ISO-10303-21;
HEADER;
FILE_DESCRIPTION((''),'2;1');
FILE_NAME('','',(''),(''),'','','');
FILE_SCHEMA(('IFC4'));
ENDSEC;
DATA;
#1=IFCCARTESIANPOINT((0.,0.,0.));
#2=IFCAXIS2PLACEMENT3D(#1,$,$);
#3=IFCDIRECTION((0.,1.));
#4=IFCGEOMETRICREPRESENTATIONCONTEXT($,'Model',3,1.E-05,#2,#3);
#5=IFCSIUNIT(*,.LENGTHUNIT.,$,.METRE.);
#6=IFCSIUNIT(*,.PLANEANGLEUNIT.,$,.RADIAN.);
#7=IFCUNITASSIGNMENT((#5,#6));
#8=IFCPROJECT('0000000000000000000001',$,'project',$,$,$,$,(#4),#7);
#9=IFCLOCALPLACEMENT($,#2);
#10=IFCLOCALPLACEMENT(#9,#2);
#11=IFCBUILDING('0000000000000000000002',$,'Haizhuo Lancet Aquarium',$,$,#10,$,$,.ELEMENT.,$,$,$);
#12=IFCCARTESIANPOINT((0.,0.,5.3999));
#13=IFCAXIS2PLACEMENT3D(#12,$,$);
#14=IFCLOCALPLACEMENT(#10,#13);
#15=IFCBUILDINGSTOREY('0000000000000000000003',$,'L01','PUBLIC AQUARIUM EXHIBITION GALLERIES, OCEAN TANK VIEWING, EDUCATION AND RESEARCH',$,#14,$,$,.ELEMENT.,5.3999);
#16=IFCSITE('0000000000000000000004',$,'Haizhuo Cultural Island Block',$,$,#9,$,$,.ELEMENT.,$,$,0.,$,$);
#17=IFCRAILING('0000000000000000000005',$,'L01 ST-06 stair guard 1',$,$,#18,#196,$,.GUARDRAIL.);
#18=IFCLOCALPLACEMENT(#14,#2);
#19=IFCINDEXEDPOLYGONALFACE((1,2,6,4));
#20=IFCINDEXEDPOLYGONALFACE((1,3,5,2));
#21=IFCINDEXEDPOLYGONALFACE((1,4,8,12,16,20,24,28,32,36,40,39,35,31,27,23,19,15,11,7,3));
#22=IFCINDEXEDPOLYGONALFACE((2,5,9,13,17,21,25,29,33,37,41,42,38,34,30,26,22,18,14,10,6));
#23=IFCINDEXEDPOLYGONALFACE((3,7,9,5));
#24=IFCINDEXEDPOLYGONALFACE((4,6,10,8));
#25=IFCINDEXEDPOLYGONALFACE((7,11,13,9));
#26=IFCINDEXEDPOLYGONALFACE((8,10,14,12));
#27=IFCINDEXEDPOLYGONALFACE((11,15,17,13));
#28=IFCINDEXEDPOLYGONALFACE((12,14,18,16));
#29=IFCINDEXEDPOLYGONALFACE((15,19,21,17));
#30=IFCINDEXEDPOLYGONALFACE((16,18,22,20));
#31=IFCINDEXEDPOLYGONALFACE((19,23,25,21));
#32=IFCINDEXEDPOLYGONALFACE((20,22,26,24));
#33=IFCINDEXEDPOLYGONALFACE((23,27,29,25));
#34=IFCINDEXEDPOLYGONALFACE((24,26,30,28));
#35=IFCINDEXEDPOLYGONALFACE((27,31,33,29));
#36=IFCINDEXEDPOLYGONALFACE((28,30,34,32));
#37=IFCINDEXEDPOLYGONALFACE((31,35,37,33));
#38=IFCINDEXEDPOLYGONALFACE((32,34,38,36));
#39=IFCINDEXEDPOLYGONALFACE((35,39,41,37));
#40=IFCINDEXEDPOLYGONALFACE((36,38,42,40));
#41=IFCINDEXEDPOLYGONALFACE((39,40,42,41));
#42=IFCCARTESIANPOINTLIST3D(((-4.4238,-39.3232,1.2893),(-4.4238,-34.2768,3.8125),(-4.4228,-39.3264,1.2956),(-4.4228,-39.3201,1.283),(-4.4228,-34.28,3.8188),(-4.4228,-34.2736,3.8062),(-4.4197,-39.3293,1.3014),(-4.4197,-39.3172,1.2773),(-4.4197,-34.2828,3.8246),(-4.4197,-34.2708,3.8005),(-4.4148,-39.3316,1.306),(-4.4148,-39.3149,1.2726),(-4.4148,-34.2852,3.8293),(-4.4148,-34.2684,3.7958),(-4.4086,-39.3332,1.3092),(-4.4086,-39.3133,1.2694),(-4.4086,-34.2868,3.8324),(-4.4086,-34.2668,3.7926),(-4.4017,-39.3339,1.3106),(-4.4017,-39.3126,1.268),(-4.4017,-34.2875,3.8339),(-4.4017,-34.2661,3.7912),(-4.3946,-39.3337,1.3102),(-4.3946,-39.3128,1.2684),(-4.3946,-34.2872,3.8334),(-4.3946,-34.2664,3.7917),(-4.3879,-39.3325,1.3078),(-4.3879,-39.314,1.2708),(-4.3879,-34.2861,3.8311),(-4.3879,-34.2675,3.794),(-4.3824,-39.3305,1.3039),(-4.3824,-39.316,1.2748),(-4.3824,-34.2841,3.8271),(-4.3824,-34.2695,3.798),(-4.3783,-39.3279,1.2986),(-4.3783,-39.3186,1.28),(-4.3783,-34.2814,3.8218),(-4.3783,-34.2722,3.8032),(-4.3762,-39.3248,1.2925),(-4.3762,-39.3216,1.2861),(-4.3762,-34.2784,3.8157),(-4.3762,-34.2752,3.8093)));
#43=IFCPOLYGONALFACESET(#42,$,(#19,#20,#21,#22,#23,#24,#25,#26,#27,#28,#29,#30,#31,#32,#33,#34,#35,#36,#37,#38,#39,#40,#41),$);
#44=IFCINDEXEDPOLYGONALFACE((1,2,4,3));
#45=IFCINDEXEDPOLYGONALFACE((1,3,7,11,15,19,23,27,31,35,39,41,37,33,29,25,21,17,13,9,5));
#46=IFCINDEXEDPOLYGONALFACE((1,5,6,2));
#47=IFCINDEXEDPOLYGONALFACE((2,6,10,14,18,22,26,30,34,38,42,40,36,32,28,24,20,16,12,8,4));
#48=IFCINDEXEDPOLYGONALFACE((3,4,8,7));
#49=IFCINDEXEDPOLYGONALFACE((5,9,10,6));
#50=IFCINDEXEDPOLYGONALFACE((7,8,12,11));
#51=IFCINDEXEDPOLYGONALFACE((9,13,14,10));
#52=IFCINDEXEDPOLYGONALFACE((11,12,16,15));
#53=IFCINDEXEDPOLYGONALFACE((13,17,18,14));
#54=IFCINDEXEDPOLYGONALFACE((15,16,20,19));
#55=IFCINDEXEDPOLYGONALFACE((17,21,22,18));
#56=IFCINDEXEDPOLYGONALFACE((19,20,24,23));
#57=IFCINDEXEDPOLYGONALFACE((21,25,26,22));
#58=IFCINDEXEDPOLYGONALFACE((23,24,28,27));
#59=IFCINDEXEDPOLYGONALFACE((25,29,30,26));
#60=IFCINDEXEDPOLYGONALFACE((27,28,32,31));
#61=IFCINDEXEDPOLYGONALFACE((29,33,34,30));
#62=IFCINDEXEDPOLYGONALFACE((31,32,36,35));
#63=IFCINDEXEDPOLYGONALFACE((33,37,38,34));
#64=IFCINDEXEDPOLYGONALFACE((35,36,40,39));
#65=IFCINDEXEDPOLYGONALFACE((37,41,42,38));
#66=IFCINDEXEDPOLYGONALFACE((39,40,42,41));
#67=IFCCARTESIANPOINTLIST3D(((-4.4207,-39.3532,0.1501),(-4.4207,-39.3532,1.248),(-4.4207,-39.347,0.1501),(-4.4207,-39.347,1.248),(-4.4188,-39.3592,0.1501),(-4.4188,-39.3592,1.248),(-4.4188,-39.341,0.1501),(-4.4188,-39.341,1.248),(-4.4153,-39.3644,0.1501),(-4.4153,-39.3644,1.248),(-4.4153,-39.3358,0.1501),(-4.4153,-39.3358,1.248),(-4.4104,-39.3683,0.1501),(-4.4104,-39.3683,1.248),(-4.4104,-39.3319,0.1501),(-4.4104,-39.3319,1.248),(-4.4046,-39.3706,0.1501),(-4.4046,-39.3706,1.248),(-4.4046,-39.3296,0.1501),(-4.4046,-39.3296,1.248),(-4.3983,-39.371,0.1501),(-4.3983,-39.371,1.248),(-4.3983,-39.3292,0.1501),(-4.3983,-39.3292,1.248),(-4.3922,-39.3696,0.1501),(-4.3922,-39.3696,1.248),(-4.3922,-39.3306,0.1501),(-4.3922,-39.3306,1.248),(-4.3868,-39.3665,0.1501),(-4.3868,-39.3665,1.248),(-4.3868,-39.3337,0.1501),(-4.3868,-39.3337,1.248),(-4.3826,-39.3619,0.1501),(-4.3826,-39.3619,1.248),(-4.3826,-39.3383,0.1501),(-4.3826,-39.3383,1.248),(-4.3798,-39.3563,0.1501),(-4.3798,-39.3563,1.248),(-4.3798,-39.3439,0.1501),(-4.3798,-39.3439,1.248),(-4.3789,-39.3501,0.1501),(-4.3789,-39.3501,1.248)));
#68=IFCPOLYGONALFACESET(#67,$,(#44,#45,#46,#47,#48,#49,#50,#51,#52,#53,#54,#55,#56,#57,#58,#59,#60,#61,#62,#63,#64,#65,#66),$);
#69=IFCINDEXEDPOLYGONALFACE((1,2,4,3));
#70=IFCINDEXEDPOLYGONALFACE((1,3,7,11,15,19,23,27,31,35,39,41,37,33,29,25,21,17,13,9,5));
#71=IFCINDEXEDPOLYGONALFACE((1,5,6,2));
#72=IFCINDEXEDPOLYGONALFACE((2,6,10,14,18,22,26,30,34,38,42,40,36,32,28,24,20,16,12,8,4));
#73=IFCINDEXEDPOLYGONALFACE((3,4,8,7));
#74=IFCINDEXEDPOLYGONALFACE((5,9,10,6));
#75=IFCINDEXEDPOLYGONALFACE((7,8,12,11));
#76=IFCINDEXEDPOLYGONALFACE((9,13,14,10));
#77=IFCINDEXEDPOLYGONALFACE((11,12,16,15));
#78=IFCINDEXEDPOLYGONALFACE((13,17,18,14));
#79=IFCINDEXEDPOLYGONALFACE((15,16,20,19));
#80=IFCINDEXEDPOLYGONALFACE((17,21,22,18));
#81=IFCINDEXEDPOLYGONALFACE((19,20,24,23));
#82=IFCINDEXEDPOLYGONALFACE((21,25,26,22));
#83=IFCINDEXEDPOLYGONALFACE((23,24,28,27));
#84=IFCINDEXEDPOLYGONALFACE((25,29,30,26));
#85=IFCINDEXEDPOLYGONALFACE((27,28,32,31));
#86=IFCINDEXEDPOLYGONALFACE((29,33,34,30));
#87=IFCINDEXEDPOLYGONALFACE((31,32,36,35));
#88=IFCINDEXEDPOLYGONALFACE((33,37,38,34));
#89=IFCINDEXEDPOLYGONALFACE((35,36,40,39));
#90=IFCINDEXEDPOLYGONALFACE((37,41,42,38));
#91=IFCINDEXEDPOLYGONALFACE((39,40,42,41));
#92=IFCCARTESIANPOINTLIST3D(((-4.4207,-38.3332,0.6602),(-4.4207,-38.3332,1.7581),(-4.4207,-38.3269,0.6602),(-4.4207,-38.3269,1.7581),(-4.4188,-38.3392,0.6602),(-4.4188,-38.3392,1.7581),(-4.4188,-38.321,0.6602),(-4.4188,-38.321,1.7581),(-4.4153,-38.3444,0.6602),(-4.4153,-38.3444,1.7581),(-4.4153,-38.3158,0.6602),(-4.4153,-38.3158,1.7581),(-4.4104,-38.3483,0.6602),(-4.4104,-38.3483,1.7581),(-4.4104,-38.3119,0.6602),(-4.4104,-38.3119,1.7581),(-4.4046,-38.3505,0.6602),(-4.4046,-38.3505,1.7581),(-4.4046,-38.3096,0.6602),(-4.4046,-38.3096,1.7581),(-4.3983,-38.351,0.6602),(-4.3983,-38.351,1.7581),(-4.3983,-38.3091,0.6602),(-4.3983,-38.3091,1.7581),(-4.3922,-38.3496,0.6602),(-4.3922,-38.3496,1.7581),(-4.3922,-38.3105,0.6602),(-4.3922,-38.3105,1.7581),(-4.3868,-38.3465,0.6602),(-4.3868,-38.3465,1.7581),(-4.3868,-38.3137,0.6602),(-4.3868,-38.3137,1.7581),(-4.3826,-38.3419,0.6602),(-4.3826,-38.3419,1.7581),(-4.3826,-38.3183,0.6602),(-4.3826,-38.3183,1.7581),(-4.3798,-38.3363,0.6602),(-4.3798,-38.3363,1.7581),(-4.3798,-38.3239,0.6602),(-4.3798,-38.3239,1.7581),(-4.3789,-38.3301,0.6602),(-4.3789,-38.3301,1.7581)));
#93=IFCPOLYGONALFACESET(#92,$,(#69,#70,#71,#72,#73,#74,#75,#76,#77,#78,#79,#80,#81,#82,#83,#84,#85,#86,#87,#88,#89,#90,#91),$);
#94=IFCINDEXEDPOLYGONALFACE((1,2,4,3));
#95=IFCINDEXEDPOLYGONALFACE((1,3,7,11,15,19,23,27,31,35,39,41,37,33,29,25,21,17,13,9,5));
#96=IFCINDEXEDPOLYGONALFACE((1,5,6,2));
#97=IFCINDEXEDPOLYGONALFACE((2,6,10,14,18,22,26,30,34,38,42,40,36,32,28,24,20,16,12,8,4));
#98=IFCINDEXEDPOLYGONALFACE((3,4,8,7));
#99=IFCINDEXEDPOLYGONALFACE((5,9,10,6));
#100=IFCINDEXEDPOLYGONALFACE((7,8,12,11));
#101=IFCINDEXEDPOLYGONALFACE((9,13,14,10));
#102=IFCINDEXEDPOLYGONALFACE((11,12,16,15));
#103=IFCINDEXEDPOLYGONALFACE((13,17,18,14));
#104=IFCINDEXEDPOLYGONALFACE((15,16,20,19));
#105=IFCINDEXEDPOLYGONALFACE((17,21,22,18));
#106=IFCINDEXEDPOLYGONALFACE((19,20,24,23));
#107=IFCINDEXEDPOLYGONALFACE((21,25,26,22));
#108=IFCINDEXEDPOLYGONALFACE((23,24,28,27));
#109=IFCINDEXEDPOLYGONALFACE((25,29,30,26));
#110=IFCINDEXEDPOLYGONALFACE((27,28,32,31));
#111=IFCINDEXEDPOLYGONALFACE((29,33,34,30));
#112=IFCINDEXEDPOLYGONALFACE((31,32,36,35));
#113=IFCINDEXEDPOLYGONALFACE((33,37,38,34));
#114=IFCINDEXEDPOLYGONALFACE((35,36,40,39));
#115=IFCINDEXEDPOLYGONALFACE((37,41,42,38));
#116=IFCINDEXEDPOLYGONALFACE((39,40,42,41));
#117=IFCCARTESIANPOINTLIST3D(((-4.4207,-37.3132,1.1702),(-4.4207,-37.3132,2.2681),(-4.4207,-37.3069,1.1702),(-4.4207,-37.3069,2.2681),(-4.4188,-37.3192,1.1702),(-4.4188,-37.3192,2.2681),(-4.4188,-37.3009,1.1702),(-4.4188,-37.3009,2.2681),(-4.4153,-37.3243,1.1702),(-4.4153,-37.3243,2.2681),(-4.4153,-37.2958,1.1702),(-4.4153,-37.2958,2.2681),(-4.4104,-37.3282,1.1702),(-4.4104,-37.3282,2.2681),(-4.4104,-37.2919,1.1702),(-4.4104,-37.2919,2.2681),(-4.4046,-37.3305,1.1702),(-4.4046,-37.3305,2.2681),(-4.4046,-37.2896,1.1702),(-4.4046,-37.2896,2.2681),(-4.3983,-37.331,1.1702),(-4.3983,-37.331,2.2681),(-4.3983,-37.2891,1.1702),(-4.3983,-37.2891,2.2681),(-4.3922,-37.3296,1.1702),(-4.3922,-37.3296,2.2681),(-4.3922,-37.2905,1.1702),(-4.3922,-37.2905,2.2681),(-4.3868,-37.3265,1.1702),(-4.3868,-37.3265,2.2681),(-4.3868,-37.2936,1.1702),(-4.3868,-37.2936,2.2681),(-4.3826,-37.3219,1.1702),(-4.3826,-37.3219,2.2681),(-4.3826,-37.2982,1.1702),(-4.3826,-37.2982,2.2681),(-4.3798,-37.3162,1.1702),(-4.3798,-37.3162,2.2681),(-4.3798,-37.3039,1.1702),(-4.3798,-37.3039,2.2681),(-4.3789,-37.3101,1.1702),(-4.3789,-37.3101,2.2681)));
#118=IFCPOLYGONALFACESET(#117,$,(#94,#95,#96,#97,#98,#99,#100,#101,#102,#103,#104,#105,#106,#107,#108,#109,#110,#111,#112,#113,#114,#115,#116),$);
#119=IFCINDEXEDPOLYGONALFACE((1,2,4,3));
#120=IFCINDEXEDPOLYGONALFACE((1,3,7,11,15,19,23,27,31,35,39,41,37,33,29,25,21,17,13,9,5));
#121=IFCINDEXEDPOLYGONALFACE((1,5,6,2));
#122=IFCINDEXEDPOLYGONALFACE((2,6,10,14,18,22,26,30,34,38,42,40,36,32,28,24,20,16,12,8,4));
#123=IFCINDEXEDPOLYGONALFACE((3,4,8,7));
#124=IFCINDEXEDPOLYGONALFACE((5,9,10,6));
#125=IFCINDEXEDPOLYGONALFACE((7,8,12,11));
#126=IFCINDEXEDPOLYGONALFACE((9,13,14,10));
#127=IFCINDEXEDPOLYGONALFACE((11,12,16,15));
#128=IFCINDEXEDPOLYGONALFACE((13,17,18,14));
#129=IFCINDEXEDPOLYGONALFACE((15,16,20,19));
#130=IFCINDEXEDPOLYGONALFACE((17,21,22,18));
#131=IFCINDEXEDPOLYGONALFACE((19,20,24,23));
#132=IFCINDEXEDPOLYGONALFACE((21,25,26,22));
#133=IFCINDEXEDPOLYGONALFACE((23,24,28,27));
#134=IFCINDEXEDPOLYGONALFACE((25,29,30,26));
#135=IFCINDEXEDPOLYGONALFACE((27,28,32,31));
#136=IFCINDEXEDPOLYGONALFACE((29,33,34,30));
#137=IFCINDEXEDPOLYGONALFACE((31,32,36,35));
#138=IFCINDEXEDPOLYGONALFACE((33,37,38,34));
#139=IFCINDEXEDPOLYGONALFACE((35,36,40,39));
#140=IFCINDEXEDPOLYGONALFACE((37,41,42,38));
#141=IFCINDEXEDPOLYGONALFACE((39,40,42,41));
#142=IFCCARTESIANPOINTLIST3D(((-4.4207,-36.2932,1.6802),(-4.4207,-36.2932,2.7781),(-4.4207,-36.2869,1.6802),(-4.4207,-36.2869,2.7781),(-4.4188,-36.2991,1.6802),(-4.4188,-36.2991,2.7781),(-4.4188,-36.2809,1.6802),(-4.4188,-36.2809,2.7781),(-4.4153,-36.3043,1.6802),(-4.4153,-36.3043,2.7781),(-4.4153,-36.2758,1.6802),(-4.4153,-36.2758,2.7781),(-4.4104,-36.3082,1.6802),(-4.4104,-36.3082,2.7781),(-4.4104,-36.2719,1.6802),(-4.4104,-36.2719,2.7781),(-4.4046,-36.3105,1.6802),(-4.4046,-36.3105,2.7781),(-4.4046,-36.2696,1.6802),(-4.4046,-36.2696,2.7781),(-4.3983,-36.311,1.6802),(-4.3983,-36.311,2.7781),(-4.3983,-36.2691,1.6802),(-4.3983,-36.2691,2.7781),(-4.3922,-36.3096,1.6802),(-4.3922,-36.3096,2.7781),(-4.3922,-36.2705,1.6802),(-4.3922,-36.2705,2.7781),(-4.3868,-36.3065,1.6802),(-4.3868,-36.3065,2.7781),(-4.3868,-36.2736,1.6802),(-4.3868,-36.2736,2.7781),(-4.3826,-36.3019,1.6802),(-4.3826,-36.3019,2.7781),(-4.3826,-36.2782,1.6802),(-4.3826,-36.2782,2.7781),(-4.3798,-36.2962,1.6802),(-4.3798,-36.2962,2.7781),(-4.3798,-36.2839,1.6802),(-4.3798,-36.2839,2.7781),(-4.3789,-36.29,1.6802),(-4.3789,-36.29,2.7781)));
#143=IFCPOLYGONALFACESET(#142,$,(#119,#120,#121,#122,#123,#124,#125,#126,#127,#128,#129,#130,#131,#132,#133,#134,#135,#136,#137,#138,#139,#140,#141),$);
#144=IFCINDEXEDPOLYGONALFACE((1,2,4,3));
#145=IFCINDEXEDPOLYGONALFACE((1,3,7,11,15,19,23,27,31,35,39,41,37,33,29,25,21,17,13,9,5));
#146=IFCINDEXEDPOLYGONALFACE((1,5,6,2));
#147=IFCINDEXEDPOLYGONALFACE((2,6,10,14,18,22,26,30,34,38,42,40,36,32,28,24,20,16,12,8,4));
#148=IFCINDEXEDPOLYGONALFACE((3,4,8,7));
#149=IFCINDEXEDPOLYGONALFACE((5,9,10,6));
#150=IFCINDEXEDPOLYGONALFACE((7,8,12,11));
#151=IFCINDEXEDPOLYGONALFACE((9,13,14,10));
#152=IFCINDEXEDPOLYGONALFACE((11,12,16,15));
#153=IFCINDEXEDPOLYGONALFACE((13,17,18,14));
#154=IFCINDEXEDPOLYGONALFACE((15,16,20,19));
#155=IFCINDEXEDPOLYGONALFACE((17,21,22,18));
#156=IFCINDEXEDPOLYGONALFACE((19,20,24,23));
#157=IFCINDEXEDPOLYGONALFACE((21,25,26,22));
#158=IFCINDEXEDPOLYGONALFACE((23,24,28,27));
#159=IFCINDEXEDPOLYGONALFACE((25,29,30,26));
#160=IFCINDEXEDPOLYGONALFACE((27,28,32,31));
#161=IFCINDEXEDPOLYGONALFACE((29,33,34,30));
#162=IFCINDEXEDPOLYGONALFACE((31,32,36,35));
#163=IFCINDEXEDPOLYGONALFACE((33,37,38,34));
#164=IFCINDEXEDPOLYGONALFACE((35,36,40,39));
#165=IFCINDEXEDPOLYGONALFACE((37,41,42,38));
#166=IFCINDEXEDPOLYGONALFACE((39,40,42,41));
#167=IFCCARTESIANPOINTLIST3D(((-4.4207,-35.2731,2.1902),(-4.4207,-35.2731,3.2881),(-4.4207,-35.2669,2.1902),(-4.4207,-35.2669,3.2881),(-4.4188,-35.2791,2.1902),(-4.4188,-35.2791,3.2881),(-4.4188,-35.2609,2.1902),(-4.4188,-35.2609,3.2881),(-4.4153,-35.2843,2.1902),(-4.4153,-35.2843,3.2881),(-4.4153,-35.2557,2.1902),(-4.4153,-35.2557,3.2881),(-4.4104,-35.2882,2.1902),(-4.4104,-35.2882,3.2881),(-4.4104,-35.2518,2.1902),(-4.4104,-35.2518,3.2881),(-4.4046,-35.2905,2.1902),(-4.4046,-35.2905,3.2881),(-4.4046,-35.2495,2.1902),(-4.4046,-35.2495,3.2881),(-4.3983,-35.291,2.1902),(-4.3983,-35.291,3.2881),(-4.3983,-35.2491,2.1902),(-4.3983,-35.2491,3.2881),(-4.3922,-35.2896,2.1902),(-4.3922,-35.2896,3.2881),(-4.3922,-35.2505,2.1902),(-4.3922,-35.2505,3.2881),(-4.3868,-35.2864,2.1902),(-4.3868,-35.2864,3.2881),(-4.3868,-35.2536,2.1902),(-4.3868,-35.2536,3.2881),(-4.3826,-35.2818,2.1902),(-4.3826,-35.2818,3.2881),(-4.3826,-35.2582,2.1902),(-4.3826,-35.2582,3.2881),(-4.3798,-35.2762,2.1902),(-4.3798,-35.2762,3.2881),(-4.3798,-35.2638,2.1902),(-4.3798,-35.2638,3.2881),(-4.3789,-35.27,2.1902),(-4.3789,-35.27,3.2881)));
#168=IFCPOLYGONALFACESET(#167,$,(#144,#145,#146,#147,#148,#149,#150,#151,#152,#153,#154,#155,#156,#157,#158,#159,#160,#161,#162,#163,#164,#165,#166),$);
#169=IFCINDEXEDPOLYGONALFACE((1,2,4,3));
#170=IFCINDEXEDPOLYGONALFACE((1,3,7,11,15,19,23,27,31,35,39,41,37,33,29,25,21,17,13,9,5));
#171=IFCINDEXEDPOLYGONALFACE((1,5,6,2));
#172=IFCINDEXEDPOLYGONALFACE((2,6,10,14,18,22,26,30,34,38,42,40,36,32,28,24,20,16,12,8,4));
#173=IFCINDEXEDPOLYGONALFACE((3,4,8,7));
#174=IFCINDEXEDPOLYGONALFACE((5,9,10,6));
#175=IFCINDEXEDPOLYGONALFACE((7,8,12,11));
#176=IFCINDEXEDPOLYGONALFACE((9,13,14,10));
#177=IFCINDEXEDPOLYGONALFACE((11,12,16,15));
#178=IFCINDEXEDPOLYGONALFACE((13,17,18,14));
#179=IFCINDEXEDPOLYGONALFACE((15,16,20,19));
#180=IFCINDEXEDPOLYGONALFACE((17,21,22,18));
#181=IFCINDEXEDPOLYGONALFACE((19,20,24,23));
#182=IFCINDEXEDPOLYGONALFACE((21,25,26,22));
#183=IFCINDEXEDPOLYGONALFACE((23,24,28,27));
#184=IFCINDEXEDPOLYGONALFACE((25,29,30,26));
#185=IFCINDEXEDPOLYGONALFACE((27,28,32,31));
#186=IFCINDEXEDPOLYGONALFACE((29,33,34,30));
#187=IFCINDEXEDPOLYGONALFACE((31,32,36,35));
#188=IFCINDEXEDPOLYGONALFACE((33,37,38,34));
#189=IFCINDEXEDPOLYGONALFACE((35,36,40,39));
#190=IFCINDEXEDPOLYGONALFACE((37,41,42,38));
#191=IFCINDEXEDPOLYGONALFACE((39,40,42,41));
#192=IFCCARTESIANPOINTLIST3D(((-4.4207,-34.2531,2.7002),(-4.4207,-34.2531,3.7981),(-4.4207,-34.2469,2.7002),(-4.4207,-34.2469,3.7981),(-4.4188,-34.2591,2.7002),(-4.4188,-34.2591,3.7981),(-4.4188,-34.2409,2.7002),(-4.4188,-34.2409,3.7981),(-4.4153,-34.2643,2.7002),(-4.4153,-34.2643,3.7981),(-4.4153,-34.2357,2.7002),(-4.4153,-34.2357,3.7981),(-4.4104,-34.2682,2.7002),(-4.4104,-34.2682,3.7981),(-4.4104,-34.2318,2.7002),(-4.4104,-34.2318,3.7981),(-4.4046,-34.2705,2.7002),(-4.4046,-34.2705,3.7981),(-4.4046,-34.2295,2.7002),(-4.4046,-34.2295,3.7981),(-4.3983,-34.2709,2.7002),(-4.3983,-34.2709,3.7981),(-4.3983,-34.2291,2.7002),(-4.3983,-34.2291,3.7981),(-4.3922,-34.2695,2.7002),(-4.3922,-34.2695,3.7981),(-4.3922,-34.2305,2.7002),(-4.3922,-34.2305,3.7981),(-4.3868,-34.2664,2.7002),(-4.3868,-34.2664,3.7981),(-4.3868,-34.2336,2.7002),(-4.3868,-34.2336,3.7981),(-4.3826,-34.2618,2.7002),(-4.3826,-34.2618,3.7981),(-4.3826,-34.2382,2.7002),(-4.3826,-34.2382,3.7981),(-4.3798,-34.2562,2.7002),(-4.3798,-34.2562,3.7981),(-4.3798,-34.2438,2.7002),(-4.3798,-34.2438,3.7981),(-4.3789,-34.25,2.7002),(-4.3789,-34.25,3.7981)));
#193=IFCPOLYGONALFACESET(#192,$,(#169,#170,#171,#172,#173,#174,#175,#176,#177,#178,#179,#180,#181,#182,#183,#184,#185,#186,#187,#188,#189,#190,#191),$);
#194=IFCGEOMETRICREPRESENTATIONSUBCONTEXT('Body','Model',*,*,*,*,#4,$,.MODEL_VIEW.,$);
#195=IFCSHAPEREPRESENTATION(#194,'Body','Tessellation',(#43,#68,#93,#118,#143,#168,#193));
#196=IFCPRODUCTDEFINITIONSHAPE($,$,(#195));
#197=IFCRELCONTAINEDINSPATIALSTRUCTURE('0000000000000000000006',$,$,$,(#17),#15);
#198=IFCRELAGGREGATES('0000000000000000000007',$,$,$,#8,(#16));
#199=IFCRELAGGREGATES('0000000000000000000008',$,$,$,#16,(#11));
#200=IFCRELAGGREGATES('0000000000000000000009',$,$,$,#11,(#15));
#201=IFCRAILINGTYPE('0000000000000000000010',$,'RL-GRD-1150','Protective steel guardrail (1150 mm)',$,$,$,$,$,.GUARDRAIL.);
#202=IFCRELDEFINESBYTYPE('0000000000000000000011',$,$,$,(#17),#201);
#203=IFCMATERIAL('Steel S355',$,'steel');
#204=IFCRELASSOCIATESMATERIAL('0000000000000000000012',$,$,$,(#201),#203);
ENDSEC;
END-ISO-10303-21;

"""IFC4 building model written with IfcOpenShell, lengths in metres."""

from ifc_helpers import new_model, si_unit, direction, frame, origin, origin_2d, place, context, subcontext, project, spatial, circle, extrude, material, type_object, element, save


model = new_model("IFC4")

# Units and contexts
model_context = context("Model", 3, precision=1e-05, world=origin(), true_north=direction((0.0, 1.0)))
body_context = subcontext(model_context, "Body", "Model", "MODEL_VIEW")
ifc_project = project(units=[si_unit("LENGTHUNIT", "METRE"), si_unit("PLANEANGLEUNIT", "RADIAN")], contexts=[model_context])

# Site, building, storey
site_placement = place(None, origin())
site = spatial("IfcSite", under=ifc_project, at=site_placement, Name="Haizhuo Cultural Island Block", CompositionType="ELEMENT", RefElevation=0.0)
building_placement = place(site_placement, origin())
building = spatial("IfcBuilding", under=site, at=building_placement, Name="Haizhuo Lancet Aquarium", CompositionType="ELEMENT")
storey_placement = place(building_placement, frame((0.0, 0.0, 5.3999)))
storey = spatial("IfcBuildingStorey", under=building, at=storey_placement, Name="L01", Description="PUBLIC AQUARIUM EXHIBITION GALLERIES, OCEAN TANK VIEWING, EDUCATION AND RESEARCH", CompositionType="ELEMENT", Elevation=5.3999)

# Shared definitions
ifc_material_1 = material(Name="Steel S355", Category="steel")

# Railing
railing_type_1 = type_object("IfcRailingType", Name="RL-GRD-1150", Description="Protective steel guardrail (1150 mm)", PredefinedType="GUARDRAIL", material=ifc_material_1)
railing_1_placement = place(storey_placement, frame((-4.3999, -39.3501, 0.1501)))
element("IfcRailing", 1, at=railing_1_placement, inside=storey, type_object=railing_type_1, Name="L01 ST-06 stair guard 1", PredefinedType="GUARDRAIL", context=body_context, shape_type="SweptSolid", body=[
    extrude(circle(Radius=0.0239, at=origin_2d()), frame((0.0, 0.0269, 1.1392), z_axis=(0.0, 0.894427, 0.447214), x_axis=(-1.0, 0.0, 0.0)), (0.0, 0.0, 1.0), 5.6421),
    extrude(circle(Radius=0.021, at=origin_2d()), origin(), (0.0, 0.0, 1.0), 1.0979),
    extrude(circle(Radius=0.021, at=origin_2d()), frame((0.0, 1.02, 0.51)), (0.0, 0.0, 1.0), 1.0979),
    extrude(circle(Radius=0.021, at=origin_2d()), frame((0.0, 2.04, 1.02)), (0.0, 0.0, 1.0), 1.0979),
    extrude(circle(Radius=0.021, at=origin_2d()), frame((0.0, 3.0601, 1.53)), (0.0, 0.0, 1.0), 1.0979),
    extrude(circle(Radius=0.021, at=origin_2d()), frame((0.0, 4.0801, 2.04)), (0.0, 0.0, 1.0), 1.0979),
    extrude(circle(Radius=0.021, at=origin_2d()), frame((0.0, 5.1001, 2.55)), (0.0, 0.0, 1.0), 1.0979),
])

save(model, "model.ifc")
